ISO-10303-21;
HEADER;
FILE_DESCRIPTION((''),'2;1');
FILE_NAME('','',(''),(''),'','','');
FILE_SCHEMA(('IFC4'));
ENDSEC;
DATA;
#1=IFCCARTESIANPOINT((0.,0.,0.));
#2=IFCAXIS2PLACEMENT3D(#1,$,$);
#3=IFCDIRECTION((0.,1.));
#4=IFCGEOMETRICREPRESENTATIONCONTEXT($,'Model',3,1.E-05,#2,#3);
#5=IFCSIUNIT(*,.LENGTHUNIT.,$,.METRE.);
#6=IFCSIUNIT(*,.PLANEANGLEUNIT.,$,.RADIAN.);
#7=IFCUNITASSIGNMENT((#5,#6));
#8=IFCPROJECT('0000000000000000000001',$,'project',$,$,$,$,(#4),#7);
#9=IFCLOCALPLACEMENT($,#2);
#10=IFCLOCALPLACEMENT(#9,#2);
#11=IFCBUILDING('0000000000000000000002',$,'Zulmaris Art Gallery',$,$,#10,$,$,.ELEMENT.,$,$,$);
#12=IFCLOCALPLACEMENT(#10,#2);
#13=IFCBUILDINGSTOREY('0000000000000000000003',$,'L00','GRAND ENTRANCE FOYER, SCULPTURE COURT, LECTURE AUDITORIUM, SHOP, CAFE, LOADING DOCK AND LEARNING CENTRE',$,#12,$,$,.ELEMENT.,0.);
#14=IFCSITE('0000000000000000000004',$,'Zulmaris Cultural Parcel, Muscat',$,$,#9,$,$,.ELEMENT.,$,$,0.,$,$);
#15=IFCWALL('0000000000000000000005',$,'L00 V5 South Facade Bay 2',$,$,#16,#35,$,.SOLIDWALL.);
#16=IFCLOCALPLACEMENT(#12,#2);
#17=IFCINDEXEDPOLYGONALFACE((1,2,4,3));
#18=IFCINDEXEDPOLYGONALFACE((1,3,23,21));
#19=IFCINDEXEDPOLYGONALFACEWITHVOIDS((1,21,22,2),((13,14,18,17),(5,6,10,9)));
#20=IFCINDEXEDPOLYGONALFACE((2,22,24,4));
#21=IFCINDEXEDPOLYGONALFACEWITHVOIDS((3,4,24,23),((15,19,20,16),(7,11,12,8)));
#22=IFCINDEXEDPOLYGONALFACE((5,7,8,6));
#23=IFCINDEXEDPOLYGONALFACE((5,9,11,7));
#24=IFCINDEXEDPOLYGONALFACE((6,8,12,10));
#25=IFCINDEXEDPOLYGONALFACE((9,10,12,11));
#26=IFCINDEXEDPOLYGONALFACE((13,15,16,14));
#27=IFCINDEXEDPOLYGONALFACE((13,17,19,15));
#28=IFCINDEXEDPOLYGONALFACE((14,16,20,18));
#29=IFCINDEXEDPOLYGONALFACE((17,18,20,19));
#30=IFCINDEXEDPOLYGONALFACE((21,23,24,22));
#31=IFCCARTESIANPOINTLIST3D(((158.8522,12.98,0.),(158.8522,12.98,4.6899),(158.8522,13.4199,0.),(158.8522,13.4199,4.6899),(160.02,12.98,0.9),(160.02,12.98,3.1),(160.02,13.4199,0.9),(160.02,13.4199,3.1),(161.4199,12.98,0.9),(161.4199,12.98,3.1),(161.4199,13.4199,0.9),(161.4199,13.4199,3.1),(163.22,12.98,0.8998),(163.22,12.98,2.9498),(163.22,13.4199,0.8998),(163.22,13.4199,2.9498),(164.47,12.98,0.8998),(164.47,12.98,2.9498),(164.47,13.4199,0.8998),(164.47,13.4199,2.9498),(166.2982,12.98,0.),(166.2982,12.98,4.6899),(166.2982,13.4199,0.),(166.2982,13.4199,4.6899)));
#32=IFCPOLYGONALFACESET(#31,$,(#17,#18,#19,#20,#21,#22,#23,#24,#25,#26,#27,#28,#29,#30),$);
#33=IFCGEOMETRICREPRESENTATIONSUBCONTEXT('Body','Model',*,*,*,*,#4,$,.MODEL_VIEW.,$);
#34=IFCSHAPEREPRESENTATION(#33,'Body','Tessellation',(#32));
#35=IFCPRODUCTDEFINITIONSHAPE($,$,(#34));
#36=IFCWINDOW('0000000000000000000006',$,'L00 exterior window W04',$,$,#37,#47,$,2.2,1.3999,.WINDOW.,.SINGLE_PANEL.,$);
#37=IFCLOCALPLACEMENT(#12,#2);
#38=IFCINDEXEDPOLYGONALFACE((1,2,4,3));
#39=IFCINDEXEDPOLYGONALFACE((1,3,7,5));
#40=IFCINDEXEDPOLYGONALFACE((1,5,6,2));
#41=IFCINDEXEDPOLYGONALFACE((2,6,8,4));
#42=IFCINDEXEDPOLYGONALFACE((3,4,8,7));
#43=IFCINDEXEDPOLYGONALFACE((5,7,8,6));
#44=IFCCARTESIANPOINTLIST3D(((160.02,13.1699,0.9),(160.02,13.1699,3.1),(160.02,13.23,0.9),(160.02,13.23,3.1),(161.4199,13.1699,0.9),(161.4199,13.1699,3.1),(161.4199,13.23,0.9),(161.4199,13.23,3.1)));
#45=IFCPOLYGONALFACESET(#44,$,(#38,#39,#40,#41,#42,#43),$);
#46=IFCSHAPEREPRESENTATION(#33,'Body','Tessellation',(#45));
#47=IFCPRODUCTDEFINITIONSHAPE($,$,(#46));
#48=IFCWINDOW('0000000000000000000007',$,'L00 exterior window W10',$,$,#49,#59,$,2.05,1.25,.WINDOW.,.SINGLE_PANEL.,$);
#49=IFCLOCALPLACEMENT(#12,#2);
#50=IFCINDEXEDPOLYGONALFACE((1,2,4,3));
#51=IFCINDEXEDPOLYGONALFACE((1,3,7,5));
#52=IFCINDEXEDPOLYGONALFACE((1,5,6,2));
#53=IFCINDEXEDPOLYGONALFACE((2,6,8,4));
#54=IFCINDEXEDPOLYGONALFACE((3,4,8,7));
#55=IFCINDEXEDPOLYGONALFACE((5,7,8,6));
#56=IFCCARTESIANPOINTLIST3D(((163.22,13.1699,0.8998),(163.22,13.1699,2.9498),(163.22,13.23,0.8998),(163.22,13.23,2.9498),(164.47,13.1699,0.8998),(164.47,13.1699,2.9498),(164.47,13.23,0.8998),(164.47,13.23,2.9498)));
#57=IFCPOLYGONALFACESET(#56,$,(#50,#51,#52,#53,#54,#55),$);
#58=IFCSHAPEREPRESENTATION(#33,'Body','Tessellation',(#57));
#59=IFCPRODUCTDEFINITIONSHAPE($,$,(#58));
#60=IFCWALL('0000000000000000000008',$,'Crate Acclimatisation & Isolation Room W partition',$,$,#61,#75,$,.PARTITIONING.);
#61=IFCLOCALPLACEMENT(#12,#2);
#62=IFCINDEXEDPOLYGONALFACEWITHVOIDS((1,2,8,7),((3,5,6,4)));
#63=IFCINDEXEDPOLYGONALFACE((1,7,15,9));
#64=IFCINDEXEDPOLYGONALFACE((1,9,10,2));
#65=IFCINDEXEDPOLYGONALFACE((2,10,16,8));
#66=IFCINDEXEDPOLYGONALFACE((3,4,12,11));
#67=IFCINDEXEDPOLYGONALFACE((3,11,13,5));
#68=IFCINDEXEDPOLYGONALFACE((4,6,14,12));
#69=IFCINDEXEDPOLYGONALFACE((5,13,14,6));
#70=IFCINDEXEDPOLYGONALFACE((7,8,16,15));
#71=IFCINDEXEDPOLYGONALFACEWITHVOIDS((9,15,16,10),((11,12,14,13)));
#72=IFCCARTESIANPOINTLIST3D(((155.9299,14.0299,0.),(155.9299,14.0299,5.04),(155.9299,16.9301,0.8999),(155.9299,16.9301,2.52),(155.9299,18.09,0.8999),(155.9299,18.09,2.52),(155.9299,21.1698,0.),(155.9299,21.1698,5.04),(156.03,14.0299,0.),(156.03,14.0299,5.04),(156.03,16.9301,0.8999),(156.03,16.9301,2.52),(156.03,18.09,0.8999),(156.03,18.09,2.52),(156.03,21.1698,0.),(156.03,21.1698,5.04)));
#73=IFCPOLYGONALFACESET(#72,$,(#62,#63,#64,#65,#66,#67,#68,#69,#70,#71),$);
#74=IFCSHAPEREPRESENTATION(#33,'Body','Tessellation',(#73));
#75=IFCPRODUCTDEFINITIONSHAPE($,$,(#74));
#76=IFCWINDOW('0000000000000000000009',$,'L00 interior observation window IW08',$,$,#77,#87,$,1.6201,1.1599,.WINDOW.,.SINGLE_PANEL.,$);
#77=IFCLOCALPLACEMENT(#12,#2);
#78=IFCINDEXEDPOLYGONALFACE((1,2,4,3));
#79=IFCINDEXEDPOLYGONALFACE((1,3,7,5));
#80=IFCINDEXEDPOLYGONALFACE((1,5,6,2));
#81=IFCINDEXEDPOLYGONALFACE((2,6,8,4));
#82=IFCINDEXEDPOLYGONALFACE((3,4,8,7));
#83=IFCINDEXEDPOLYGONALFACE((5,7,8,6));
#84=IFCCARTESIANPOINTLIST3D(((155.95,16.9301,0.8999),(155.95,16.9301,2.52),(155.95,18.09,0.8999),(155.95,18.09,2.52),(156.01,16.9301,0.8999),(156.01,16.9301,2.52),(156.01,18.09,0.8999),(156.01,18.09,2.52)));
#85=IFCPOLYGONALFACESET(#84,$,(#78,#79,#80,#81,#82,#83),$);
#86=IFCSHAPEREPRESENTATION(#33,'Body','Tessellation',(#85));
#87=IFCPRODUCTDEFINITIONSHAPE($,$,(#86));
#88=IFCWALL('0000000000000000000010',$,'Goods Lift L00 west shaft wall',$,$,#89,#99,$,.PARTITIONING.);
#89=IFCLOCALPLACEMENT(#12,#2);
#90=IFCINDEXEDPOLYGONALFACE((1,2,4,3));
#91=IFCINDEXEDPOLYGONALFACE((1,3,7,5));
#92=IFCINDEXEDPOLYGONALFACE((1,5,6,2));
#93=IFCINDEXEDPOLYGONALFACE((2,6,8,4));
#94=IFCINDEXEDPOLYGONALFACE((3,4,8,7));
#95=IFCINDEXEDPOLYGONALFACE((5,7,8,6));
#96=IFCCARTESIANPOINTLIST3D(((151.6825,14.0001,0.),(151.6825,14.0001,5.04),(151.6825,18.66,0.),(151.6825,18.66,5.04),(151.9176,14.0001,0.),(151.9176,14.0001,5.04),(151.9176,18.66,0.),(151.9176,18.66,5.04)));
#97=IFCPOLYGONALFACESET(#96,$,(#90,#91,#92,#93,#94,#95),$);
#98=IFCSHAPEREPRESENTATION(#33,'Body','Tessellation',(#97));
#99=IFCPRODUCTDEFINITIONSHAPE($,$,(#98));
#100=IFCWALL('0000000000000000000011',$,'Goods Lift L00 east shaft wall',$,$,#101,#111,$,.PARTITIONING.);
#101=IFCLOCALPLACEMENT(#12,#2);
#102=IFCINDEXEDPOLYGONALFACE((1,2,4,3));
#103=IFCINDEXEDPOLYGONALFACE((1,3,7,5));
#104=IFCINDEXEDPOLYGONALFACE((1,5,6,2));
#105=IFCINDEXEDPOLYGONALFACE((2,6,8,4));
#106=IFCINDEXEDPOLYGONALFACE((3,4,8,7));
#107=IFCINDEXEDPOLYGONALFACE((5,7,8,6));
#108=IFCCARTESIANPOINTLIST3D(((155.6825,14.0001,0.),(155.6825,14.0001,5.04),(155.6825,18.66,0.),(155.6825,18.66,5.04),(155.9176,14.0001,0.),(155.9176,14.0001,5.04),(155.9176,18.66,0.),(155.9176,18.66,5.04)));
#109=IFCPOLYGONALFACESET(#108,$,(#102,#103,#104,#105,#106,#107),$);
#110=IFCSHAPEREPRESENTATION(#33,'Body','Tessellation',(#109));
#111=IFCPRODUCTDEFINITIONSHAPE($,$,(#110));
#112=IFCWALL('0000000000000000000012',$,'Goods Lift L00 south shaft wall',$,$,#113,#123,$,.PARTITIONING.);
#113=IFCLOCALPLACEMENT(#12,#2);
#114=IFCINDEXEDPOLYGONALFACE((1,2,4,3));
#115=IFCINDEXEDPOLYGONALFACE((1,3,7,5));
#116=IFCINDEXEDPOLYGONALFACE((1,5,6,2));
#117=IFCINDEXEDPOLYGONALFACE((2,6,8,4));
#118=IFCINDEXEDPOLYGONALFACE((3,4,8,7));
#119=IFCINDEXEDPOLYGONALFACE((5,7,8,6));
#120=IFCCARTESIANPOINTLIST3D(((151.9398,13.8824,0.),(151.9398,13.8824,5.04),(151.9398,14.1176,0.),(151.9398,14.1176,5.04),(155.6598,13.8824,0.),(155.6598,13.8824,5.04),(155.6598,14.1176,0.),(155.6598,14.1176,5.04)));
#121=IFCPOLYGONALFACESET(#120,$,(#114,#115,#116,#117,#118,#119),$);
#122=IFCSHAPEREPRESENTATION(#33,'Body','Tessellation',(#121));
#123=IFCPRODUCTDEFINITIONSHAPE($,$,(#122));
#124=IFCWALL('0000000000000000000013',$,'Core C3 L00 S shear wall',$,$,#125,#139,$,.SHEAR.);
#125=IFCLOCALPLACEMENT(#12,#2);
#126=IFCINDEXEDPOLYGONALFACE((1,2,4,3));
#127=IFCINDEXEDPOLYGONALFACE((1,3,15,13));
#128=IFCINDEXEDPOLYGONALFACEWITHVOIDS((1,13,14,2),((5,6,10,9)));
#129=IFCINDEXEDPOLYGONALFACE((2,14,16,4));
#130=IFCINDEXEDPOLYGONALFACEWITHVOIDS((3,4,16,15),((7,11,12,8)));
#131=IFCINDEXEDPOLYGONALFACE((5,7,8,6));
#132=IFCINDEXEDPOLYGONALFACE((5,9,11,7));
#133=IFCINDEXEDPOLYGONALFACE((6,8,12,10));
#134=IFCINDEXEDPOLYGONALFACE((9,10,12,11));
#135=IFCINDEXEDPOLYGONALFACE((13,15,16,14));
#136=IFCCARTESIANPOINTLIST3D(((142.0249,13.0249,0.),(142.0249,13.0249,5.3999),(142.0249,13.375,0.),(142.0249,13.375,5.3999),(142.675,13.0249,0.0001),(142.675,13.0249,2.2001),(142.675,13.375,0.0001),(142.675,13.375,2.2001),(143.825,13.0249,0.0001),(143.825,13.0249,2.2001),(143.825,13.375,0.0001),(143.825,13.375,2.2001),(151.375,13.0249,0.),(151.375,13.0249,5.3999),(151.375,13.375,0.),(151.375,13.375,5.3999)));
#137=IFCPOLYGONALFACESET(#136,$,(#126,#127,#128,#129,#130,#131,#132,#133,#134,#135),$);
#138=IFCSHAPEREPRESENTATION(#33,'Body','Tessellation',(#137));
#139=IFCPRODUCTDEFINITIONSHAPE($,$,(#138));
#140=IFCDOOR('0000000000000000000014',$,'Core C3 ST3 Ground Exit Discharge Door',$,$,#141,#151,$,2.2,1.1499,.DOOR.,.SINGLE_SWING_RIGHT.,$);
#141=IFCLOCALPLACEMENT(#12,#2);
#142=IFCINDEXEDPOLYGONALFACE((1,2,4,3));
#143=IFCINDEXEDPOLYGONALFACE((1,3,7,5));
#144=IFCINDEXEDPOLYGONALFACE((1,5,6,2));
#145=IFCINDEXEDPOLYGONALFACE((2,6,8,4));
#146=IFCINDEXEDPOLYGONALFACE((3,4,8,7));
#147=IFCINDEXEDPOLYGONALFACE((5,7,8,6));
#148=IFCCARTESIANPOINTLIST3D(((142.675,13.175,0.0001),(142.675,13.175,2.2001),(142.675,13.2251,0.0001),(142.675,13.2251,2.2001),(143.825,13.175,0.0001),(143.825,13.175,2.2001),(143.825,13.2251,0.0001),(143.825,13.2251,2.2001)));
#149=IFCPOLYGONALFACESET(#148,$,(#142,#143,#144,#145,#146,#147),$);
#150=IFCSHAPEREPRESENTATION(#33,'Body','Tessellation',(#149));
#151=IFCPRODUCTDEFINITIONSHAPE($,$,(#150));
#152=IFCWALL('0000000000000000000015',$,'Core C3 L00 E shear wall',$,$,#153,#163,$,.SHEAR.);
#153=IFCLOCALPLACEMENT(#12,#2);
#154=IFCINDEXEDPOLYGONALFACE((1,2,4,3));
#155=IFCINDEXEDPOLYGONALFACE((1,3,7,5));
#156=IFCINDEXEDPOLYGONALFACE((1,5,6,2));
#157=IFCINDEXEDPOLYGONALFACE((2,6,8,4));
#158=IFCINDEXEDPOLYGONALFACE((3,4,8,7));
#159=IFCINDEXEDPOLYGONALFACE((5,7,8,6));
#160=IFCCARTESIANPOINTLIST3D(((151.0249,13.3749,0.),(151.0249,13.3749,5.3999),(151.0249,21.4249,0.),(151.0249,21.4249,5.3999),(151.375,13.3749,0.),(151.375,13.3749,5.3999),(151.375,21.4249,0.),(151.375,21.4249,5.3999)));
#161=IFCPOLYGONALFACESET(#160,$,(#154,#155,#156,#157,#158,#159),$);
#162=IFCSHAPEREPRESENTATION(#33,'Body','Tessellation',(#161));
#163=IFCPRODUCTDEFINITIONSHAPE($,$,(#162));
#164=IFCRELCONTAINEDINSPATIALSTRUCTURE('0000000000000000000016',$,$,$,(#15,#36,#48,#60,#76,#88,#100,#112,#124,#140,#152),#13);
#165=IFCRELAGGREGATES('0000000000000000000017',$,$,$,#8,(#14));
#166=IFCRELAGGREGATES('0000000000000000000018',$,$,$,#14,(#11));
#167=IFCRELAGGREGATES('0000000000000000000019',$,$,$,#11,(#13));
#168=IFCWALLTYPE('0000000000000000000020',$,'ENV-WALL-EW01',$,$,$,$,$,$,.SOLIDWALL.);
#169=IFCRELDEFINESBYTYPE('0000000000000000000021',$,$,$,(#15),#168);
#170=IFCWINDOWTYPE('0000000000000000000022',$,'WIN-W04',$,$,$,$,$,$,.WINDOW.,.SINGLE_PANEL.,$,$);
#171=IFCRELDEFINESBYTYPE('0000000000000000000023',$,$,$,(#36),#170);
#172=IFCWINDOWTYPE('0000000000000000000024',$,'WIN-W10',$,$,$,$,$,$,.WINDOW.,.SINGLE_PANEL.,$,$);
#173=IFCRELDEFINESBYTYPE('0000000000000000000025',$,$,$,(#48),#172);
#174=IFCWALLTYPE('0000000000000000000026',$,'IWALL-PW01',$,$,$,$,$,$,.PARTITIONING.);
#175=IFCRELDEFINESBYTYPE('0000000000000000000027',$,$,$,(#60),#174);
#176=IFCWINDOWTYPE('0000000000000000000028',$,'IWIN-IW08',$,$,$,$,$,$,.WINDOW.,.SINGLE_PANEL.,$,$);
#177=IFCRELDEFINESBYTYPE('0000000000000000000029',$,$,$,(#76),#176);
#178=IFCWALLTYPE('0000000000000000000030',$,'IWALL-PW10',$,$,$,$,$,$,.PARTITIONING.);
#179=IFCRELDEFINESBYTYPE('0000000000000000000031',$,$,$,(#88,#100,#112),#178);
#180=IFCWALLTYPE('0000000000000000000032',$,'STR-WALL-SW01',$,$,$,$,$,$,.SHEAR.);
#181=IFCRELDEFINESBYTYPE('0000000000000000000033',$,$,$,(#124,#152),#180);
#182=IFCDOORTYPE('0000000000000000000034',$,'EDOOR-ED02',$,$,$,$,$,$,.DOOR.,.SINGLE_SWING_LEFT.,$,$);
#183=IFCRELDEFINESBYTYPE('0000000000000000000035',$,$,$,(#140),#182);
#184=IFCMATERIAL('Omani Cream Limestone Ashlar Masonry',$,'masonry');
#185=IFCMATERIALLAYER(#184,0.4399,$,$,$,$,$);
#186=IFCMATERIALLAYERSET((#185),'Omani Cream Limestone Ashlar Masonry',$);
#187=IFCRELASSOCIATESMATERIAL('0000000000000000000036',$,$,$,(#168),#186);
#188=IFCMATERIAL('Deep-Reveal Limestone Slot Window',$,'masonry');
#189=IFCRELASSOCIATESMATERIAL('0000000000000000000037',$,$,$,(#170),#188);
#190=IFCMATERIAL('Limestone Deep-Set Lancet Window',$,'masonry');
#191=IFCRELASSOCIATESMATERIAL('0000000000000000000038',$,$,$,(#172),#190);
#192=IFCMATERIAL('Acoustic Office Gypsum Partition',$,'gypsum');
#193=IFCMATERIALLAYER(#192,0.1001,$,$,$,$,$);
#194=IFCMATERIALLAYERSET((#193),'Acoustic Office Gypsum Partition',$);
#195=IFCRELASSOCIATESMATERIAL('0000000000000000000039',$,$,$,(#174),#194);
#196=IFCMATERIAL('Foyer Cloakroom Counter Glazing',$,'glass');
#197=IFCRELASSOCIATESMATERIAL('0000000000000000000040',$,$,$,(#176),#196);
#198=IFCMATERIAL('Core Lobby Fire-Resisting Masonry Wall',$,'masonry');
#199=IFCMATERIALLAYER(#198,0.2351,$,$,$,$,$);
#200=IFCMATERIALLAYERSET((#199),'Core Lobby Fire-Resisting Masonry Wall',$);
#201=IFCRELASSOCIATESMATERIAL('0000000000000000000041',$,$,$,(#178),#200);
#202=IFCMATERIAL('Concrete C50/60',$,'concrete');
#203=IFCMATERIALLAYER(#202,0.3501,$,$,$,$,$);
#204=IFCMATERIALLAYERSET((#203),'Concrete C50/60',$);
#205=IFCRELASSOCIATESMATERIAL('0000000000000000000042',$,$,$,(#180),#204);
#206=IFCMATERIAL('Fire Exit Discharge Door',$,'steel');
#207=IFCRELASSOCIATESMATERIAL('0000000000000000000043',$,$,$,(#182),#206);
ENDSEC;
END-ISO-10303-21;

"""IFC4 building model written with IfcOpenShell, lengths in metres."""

from ifc_helpers import new_model, si_unit, direction, frame, frame_2d, origin, place, context, subcontext, project, spatial, rectangle, extrude, material, layer, layer_set, type_object, element, fill, save


model = new_model("IFC4")

# Units and contexts
model_context = context("Model", 3, precision=1e-05, world=origin(), true_north=direction((0.0, 1.0)))
body_context = subcontext(model_context, "Body", "Model", "MODEL_VIEW")
ifc_project = project(units=[si_unit("LENGTHUNIT", "METRE"), si_unit("PLANEANGLEUNIT", "RADIAN")], contexts=[model_context])

# Site, building, storey
site_placement = place(None, origin())
site = spatial("IfcSite", under=ifc_project, at=site_placement, Name="Zulmaris Cultural Parcel, Muscat", CompositionType="ELEMENT", RefElevation=0.0)
building_placement = place(site_placement, origin())
building = spatial("IfcBuilding", under=site, at=building_placement, Name="Zulmaris Art Gallery", CompositionType="ELEMENT")
storey_placement = place(building_placement, origin())
storey = spatial("IfcBuildingStorey", under=building, at=storey_placement, Name="L00", Description="GRAND ENTRANCE FOYER, SCULPTURE COURT, LECTURE AUDITORIUM, SHOP, CAFE, LOADING DOCK AND LEARNING CENTRE", CompositionType="ELEMENT", Elevation=0.0)

# Shared definitions
ifc_material_1 = material(Name="Concrete C50/60", Category="concrete")

# Wall, openings, windows
ifc_material_2 = material(Name="Omani Cream Limestone Ashlar Masonry", Category="masonry")
ifc_layer_1 = layer(ifc_material_2, 0.4399)
ifc_layer_set_1 = layer_set([ifc_layer_1], Name="Omani Cream Limestone Ashlar Masonry")
wall_type_1 = type_object("IfcWallType", Name="ENV-WALL-EW01", PredefinedType="SOLIDWALL", material=ifc_layer_set_1)
ifc_material_3 = material(Name="Deep-Reveal Limestone Slot Window", Category="masonry")
window_type_1 = type_object("IfcWindowType", Name="WIN-W04", PartitioningType="SINGLE_PANEL", PredefinedType="WINDOW", material=ifc_material_3)
ifc_material_4 = material(Name="Limestone Deep-Set Lancet Window", Category="masonry")
window_type_2 = type_object("IfcWindowType", Name="WIN-W10", PartitioningType="SINGLE_PANEL", PredefinedType="WINDOW", material=ifc_material_4)
wall_1_placement = place(storey_placement, frame((158.8521, 13.2, 0.0), z_axis=(0.0, 0.0, 1.0), x_axis=(1.0, 0.0, 0.0)))
wall_1 = element("IfcWall", 1, at=wall_1_placement, inside=storey, type_object=wall_type_1, Name="L00 V5 South Facade Bay 2", PredefinedType="SOLIDWALL", context=body_context, shape_type="SweptSolid", body=[
    extrude(rectangle(XDim=7.446, YDim=0.4399, at=frame_2d((3.7231, 0.0))), origin(), (0.0, 0.0, 1.0), 4.6899),
])
opening_1_placement = place(wall_1_placement, frame((1.168, 0.0, 0.8999)))
opening_1 = element("IfcOpeningElement", 2, at=opening_1_placement, cuts=wall_1, PredefinedType="OPENING", context=body_context, shape_type="SweptSolid", body=[
    extrude(rectangle(XDim=1.3999, YDim=2.2, at=frame_2d((0.7, 1.1001))), frame((0.0, 0.23, 0.0), z_axis=(0.0, -1.0, 0.0), x_axis=(1.0, 0.0, 0.0)), (0.0, 0.0, 1.0), 0.46),
])
opening_2_placement = place(wall_1_placement, frame((4.3679, 0.0, 0.8999)))
opening_2 = element("IfcOpeningElement", 3, at=opening_2_placement, cuts=wall_1, PredefinedType="OPENING", context=body_context, shape_type="SweptSolid", body=[
    extrude(rectangle(XDim=1.25, YDim=2.05, at=frame_2d((0.625, 1.0249))), frame((0.0, 0.23, 0.0), z_axis=(0.0, -1.0, 0.0), x_axis=(1.0, 0.0, 0.0)), (0.0, 0.0, 1.0), 0.46),
])
window_1_placement = place(opening_1_placement, origin())
window_1 = element("IfcWindow", 4, at=window_1_placement, inside=storey, type_object=window_type_1, Name="L00 exterior window W04", OverallHeight=2.2, OverallWidth=1.3999, PartitioningType="SINGLE_PANEL", PredefinedType="WINDOW", context=body_context, shape_type="SweptSolid", body=[
    extrude(rectangle(XDim=1.3999, YDim=2.2, at=frame_2d((0.7, 1.1001))), frame((0.0, 0.03, 0.0), z_axis=(0.0, -1.0, 0.0), x_axis=(1.0, 0.0, 0.0)), (0.0, 0.0, 1.0), 0.0601),
])
fill(opening_1, window_1)
window_2_placement = place(opening_2_placement, origin())
window_2 = element("IfcWindow", 5, at=window_2_placement, inside=storey, type_object=window_type_2, Name="L00 exterior window W10", OverallHeight=2.05, OverallWidth=1.25, PartitioningType="SINGLE_PANEL", PredefinedType="WINDOW", context=body_context, shape_type="SweptSolid", body=[
    extrude(rectangle(XDim=1.25, YDim=2.05, at=frame_2d((0.625, 1.0249))), frame((0.0, 0.03, 0.0), z_axis=(0.0, -1.0, 0.0), x_axis=(1.0, 0.0, 0.0)), (0.0, 0.0, 1.0), 0.0601),
])
fill(opening_2, window_2)

# Wall, opening, window
ifc_material_5 = material(Name="Acoustic Office Gypsum Partition", Category="gypsum")
ifc_layer_2 = layer(ifc_material_5, 0.1001)
ifc_layer_set_2 = layer_set([ifc_layer_2], Name="Acoustic Office Gypsum Partition")
wall_type_2 = type_object("IfcWallType", Name="IWALL-PW01", PredefinedType="PARTITIONING", material=ifc_layer_set_2)
wall_2_placement = place(storey_placement, frame((155.98, 14.03, 0.0), z_axis=(0.0, 0.0, 1.0), x_axis=(0.0, 1.0, 0.0)))
wall_2 = element("IfcWall", 6, at=wall_2_placement, inside=storey, type_object=wall_type_2, Name="Crate Acclimatisation & Isolation Room W partition", PredefinedType="PARTITIONING", context=body_context, shape_type="SweptSolid", body=[
    extrude(rectangle(XDim=7.1399, YDim=0.1001, at=frame_2d((3.5698, 0.0))), origin(), (0.0, 0.0, 1.0), 5.04),
])
opening_3_placement = place(wall_2_placement, frame((2.8999, 0.0, 0.8999)))
opening_3 = element("IfcOpeningElement", 7, at=opening_3_placement, cuts=wall_2, PredefinedType="OPENING", context=body_context, shape_type="SweptSolid", body=[
    extrude(rectangle(XDim=1.1599, YDim=1.6201, at=frame_2d((0.5801, 0.8101))), frame((0.0, 0.0601, 0.0), z_axis=(0.0, -1.0, 0.0), x_axis=(1.0, 0.0, 0.0)), (0.0, 0.0, 1.0), 0.1201),
])
ifc_material_6 = material(Name="Foyer Cloakroom Counter Glazing", Category="glass")
window_type_3 = type_object("IfcWindowType", Name="IWIN-IW08", PartitioningType="SINGLE_PANEL", PredefinedType="WINDOW", material=ifc_material_6)
window_3_placement = place(opening_3_placement, origin())
window_3 = element("IfcWindow", 8, at=window_3_placement, inside=storey, type_object=window_type_3, Name="L00 interior observation window IW08", OverallHeight=1.6201, OverallWidth=1.1599, PartitioningType="SINGLE_PANEL", PredefinedType="WINDOW", context=body_context, shape_type="SweptSolid", body=[
    extrude(rectangle(XDim=1.1599, YDim=1.6201, at=frame_2d((0.5801, 0.8101))), frame((0.0, 0.03, 0.0), z_axis=(0.0, -1.0, 0.0), x_axis=(1.0, 0.0, 0.0)), (0.0, 0.0, 1.0), 0.0601),
])
fill(opening_3, window_3)

# Walls
ifc_material_7 = material(Name="Core Lobby Fire-Resisting Masonry Wall", Category="masonry")
ifc_layer_3 = layer(ifc_material_7, 0.2351)
ifc_layer_set_3 = layer_set([ifc_layer_3], Name="Core Lobby Fire-Resisting Masonry Wall")
wall_type_3 = type_object("IfcWallType", Name="IWALL-PW10", PredefinedType="PARTITIONING", material=ifc_layer_set_3)
for number, where, z_axis, x_axis, name in (
    (9, (151.8, 14.0, 0.0), (0.0, 0.0, 1.0), (0.0, 1.0, 0.0), "Goods Lift L00 west shaft wall"),
    (10, (155.8, 14.0, 0.0), (0.0, 0.0, 1.0), (0.0, 1.0, 0.0), "Goods Lift L00 east shaft wall"),
):
    element("IfcWall", number, at=place(storey_placement, frame(where, z_axis=z_axis, x_axis=x_axis)), inside=storey, type_object=wall_type_3, Name=name, PredefinedType="PARTITIONING", context=body_context, shape_type="SweptSolid", body=[
        extrude(rectangle(XDim=4.6599, YDim=0.2351, at=frame_2d((2.3301, 0.0))), origin(), (0.0, 0.0, 1.0), 5.04),
    ])
wall_3_placement = place(storey_placement, frame((151.9399, 14.0, 0.0), z_axis=(0.0, 0.0, 1.0), x_axis=(1.0, 0.0, 0.0)))
element("IfcWall", 11, at=wall_3_placement, inside=storey, type_object=wall_type_3, Name="Goods Lift L00 south shaft wall", PredefinedType="PARTITIONING", context=body_context, shape_type="SweptSolid", body=[
    extrude(rectangle(XDim=3.72, YDim=0.2351, at=frame_2d((1.8599, 0.0))), origin(), (0.0, 0.0, 1.0), 5.04),
])

# Wall, opening, door
ifc_layer_4 = layer(ifc_material_1, 0.3501)
ifc_layer_set_4 = layer_set([ifc_layer_4], Name="Concrete C50/60")
wall_type_4 = type_object("IfcWallType", Name="STR-WALL-SW01", PredefinedType="SHEAR", material=ifc_layer_set_4)
wall_4_placement = place(storey_placement, frame((151.375, 13.2, 0.0), z_axis=(0.0, 0.0, 1.0), x_axis=(-1.0, 0.0, 0.0)))
wall_4 = element("IfcWall", 12, at=wall_4_placement, inside=storey, type_object=wall_type_4, Name="Core C3 L00 S shear wall", PredefinedType="SHEAR", context=body_context, shape_type="SweptSolid", body=[
    extrude(rectangle(XDim=9.3501, YDim=0.3501, at=frame_2d((4.675, 0.0))), origin(), (0.0, 0.0, 1.0), 5.3999),
])
opening_4_placement = place(wall_4_placement, frame((7.55, 0.0, 0.0)))
opening_4 = element("IfcOpeningElement", 13, at=opening_4_placement, cuts=wall_4, PredefinedType="OPENING", context=body_context, shape_type="SweptSolid", body=[
    extrude(rectangle(XDim=1.1499, YDim=2.2, at=frame_2d((0.575, 1.1001))), frame((0.0, 0.1851, 0.0), z_axis=(0.0, -1.0, 0.0), x_axis=(1.0, 0.0, 0.0)), (0.0, 0.0, 1.0), 0.3701),
])
ifc_material_8 = material(Name="Fire Exit Discharge Door", Category="steel")
door_type = type_object("IfcDoorType", Name="EDOOR-ED02", OperationType="SINGLE_SWING_LEFT", PredefinedType="DOOR", material=ifc_material_8)
door_placement = place(opening_4_placement, origin())
door = element("IfcDoor", 14, at=door_placement, inside=storey, type_object=door_type, Name="Core C3 ST3 Ground Exit Discharge Door", OperationType="SINGLE_SWING_RIGHT", OverallHeight=2.2, OverallWidth=1.1499, PredefinedType="DOOR", context=body_context, shape_type="SweptSolid", body=[
    extrude(rectangle(XDim=1.1499, YDim=2.2, at=frame_2d((0.575, 1.1001))), frame((0.0, 0.0249, 0.0), z_axis=(0.0, -1.0, 0.0), x_axis=(1.0, 0.0, 0.0)), (0.0, 0.0, 1.0), 0.05),
])
fill(opening_4, door)

# Wall
wall_5_placement = place(storey_placement, frame((151.2, 13.375, 0.0), z_axis=(0.0, 0.0, 1.0), x_axis=(0.0, 1.0, 0.0)))
element("IfcWall", 15, at=wall_5_placement, inside=storey, type_object=wall_type_4, Name="Core C3 L00 E shear wall", PredefinedType="SHEAR", context=body_context, shape_type="SweptSolid", body=[
    extrude(rectangle(XDim=8.05, YDim=0.3501, at=frame_2d((4.0249, 0.0))), origin(), (0.0, 0.0, 1.0), 5.3999),
])

save(model, "model.ifc")
